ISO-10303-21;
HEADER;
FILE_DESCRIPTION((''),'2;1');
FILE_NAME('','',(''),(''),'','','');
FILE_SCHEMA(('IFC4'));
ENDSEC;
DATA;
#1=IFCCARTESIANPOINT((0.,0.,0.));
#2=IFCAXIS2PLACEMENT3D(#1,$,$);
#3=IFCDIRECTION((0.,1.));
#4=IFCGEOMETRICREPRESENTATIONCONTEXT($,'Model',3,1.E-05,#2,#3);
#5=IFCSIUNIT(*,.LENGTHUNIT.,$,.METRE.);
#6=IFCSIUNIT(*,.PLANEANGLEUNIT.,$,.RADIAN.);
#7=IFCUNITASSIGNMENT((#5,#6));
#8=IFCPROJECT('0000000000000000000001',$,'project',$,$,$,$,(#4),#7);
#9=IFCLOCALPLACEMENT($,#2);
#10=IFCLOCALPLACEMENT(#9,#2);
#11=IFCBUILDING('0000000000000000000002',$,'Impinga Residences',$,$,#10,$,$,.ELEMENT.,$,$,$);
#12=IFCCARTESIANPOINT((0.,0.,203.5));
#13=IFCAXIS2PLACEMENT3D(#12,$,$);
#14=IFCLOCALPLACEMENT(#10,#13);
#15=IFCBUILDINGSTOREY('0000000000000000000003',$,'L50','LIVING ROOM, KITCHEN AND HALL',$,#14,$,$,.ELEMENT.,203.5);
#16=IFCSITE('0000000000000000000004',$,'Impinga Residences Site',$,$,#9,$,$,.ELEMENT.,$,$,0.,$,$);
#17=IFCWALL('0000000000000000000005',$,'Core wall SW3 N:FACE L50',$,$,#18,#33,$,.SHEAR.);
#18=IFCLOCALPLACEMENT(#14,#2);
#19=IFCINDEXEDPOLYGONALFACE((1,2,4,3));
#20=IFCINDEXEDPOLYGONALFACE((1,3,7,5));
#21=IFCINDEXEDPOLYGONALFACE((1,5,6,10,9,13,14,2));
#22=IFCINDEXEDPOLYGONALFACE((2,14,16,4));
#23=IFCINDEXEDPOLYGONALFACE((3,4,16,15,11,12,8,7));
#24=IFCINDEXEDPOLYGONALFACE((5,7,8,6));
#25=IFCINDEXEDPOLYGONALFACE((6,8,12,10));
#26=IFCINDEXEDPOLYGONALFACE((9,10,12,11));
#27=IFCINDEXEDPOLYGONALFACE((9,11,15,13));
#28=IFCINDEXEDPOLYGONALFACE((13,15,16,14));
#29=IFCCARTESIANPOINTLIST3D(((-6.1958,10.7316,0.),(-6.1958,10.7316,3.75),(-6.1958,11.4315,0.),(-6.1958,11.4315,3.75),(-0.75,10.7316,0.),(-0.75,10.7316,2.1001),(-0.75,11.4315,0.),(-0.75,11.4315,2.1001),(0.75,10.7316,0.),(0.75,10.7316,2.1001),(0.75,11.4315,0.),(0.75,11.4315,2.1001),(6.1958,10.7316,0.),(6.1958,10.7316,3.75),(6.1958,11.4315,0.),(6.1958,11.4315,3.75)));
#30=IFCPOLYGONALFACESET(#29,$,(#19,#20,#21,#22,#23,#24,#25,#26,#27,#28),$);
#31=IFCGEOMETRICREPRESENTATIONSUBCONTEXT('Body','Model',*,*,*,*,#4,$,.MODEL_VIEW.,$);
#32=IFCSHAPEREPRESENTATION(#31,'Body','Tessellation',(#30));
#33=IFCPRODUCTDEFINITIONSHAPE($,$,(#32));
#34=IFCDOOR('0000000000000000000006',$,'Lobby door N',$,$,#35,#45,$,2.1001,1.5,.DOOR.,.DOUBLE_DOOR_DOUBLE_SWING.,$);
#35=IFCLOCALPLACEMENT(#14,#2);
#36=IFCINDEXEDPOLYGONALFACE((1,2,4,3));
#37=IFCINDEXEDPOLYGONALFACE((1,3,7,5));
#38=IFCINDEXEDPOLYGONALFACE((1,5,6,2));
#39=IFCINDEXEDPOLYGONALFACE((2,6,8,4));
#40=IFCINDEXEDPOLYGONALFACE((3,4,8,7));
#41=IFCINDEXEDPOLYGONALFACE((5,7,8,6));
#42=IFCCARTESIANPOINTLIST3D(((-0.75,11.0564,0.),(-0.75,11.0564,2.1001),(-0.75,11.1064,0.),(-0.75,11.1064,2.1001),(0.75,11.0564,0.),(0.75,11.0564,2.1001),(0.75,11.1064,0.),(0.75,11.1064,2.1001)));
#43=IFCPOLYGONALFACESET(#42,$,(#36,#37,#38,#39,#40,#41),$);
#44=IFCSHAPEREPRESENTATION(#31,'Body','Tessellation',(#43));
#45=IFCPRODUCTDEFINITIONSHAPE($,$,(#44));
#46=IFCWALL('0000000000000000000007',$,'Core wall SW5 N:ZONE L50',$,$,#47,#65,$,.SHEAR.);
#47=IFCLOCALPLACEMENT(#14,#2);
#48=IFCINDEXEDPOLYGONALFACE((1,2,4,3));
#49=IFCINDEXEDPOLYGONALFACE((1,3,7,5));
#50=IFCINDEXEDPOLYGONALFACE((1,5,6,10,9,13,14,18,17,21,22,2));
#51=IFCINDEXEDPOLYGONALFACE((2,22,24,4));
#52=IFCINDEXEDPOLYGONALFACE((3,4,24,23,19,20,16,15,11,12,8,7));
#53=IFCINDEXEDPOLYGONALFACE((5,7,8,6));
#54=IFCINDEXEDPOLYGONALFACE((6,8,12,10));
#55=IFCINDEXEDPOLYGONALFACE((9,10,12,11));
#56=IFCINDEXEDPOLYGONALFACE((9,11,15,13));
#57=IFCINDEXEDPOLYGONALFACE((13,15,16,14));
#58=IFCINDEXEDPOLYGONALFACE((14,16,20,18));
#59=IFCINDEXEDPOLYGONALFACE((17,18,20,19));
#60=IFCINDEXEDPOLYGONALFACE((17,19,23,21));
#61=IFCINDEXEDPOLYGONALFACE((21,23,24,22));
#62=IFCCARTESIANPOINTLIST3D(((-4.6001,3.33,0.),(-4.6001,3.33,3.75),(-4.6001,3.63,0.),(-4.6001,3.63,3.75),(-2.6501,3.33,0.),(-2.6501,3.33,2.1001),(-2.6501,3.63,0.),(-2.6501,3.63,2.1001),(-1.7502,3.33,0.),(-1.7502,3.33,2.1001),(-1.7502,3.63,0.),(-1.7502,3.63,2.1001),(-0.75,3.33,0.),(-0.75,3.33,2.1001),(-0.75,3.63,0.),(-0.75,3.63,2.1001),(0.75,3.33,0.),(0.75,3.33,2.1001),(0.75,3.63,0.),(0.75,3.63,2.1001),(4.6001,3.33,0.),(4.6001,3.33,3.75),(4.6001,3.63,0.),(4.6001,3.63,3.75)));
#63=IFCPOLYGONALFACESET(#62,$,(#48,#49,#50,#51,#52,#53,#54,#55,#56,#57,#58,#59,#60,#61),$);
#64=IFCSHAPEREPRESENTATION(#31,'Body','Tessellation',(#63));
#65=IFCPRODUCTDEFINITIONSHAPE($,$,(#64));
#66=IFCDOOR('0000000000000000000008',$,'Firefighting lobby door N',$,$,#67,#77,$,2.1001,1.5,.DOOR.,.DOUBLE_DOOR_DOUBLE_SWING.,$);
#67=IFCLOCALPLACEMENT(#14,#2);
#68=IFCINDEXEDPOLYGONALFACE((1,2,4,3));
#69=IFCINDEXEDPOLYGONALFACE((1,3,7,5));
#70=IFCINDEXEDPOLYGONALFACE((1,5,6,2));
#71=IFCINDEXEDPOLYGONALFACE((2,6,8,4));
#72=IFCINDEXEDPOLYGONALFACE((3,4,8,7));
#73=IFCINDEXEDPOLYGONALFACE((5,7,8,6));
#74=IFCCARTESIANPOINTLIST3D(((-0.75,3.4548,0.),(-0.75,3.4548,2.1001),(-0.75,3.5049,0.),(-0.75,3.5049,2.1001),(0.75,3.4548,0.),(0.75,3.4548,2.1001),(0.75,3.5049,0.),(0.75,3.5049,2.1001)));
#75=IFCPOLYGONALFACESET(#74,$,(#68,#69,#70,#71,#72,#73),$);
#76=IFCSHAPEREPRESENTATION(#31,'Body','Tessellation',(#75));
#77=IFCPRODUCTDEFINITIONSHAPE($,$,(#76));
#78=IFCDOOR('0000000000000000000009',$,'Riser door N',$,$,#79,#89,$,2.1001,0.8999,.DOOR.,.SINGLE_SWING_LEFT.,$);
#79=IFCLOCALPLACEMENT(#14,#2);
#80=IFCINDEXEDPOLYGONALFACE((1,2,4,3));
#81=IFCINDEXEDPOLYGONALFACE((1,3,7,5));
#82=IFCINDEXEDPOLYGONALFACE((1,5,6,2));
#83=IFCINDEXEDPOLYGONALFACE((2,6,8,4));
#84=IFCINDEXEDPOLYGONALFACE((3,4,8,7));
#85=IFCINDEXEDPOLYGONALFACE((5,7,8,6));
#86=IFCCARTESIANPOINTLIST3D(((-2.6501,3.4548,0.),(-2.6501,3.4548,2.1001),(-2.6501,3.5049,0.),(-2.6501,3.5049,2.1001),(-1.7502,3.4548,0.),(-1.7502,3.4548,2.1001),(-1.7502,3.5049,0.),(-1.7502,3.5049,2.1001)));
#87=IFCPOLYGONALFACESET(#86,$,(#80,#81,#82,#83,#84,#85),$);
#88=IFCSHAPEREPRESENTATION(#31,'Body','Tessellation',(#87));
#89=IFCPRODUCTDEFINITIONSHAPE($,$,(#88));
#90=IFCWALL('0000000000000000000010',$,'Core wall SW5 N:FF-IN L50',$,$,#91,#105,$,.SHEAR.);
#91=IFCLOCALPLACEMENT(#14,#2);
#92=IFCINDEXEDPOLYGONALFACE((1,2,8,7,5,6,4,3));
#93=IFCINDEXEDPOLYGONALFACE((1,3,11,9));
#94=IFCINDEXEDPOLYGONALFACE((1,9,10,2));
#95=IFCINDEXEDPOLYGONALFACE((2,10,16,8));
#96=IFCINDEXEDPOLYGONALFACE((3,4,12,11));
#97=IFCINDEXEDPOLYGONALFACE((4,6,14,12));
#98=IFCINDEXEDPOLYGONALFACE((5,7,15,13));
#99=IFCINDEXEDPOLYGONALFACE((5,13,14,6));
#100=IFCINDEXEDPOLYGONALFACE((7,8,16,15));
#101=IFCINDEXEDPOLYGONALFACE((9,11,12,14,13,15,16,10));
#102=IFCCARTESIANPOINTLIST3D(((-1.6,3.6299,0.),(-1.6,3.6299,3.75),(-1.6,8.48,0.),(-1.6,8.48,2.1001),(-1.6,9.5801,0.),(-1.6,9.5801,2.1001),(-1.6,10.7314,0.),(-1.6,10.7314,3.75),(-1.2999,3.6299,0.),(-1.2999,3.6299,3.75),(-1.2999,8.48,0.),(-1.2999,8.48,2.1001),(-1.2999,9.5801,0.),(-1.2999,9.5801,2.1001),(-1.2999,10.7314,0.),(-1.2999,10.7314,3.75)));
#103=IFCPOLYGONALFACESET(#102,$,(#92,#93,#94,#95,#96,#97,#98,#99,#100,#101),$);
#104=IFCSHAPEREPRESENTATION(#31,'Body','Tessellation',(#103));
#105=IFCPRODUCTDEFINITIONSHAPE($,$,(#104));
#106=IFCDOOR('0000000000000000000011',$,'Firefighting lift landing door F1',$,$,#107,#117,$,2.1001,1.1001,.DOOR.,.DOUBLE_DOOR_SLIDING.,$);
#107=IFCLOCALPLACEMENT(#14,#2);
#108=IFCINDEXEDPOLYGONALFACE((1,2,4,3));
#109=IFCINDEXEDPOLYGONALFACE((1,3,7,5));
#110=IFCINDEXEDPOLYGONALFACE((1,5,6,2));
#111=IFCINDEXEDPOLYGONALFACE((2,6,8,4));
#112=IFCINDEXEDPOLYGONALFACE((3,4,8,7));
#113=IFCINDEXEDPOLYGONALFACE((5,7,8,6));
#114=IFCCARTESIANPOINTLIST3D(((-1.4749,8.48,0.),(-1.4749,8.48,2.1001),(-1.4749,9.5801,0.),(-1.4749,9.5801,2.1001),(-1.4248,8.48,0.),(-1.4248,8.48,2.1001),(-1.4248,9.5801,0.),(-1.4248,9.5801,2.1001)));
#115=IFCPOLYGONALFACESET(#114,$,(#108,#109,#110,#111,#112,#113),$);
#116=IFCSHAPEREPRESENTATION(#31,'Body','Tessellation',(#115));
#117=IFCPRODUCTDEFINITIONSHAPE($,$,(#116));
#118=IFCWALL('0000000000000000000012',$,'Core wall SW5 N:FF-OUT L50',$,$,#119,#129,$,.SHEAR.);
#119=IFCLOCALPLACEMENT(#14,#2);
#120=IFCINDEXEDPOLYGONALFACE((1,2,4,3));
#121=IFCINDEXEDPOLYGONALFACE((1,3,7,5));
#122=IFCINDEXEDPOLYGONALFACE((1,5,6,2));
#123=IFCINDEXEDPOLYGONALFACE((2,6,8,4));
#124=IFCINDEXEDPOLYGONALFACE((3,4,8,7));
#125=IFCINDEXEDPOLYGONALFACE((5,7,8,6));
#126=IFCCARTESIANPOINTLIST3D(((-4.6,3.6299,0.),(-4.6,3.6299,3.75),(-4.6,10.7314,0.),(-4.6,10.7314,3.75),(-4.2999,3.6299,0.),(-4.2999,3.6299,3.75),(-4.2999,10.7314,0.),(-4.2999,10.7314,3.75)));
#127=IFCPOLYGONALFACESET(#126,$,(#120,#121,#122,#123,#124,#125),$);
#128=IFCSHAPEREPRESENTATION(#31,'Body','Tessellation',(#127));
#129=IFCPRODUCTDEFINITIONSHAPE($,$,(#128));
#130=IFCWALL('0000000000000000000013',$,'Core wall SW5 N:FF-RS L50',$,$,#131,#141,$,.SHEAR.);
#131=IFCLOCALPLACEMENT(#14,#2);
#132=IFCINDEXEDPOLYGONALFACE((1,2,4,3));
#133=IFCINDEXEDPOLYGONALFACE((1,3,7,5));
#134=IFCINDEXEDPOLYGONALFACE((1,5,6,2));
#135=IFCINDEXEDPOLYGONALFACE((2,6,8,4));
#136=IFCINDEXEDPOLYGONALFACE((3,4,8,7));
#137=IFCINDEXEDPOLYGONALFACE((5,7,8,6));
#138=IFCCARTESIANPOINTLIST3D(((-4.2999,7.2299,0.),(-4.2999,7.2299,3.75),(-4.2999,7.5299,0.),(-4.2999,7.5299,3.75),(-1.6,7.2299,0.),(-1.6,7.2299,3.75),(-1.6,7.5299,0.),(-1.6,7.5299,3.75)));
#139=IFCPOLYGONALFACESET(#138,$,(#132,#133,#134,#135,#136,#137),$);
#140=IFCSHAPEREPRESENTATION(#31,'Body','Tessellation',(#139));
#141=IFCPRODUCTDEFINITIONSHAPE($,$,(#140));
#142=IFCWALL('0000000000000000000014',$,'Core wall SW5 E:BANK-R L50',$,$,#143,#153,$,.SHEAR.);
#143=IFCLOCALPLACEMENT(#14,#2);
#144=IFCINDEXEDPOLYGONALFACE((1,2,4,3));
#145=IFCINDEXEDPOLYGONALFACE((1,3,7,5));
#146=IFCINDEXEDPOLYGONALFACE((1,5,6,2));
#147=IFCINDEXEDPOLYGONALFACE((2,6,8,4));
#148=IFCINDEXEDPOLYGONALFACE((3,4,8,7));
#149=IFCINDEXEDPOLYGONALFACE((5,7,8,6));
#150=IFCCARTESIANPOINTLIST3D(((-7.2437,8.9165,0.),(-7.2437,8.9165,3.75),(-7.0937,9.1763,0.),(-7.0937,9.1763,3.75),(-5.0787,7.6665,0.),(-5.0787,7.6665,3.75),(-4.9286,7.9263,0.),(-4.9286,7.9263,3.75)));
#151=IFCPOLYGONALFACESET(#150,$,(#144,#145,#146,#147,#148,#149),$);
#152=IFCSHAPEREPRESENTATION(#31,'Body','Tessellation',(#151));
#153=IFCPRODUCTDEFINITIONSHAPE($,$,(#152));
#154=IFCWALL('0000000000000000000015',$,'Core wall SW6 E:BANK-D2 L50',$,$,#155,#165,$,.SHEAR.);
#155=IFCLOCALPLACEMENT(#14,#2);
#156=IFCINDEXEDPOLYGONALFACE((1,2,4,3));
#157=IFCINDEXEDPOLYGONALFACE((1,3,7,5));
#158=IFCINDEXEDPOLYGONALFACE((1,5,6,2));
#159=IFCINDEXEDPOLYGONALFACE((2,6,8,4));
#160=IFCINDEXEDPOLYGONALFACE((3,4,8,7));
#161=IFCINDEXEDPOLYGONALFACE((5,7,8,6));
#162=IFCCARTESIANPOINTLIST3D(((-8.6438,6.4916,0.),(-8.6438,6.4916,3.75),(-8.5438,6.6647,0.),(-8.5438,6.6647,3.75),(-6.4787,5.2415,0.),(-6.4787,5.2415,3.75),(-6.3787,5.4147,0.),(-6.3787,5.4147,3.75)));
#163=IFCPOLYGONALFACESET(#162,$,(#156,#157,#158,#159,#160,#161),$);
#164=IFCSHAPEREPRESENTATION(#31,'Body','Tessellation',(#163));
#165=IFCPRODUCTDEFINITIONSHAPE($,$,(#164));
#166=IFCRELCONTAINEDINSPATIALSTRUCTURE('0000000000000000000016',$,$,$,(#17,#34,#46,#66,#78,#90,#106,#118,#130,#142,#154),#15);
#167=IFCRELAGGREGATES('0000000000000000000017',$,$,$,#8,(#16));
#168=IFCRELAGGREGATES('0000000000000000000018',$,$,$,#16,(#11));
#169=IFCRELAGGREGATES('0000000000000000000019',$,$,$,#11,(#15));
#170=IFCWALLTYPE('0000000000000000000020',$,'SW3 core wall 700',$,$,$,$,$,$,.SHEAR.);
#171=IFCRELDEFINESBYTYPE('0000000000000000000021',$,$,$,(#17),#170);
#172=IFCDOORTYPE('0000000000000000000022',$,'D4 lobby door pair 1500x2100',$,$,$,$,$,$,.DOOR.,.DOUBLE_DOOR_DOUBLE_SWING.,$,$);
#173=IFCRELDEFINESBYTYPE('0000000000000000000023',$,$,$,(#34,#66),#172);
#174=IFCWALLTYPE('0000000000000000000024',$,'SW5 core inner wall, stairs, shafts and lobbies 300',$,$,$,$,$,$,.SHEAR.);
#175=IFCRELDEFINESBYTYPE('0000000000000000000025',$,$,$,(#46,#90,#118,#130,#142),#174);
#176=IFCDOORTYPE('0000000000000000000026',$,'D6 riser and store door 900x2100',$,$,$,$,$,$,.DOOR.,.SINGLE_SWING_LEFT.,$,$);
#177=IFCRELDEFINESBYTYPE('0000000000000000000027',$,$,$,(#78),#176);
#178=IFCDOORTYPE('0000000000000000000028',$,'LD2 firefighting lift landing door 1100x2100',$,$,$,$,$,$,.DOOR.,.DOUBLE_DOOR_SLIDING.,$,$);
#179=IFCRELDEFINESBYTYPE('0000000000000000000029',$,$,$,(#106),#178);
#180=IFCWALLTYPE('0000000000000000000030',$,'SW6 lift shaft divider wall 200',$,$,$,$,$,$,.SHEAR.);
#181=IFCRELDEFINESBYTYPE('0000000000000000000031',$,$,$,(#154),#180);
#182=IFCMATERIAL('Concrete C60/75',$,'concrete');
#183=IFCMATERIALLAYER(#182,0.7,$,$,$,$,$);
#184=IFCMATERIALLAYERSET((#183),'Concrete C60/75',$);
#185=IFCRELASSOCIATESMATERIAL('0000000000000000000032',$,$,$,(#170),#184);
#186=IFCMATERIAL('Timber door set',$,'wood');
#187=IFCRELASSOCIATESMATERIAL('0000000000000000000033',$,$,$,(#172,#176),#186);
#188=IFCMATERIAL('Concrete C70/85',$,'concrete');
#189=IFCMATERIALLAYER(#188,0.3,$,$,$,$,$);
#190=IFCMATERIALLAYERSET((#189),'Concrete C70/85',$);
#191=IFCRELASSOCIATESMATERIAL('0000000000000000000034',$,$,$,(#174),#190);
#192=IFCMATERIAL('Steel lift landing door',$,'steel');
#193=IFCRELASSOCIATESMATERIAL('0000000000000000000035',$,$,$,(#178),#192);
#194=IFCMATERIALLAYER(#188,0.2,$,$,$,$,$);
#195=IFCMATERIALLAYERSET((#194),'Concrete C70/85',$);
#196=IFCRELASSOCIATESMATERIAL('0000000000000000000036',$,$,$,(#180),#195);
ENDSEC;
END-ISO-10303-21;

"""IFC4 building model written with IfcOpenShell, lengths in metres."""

from ifc_helpers import new_model, si_unit, direction, frame, frame_2d, origin, place, context, subcontext, project, spatial, rectangle, extrude, material, layer, layer_set, type_object, element, fill, save


model = new_model("IFC4")

# Units and contexts
model_context = context("Model", 3, precision=1e-05, world=origin(), true_north=direction((0.0, 1.0)))
body_context = subcontext(model_context, "Body", "Model", "MODEL_VIEW")
ifc_project = project(units=[si_unit("LENGTHUNIT", "METRE"), si_unit("PLANEANGLEUNIT", "RADIAN")], contexts=[model_context])

# Site, building, storey
site_placement = place(None, origin())
site = spatial("IfcSite", under=ifc_project, at=site_placement, Name="Impinga Residences Site", CompositionType="ELEMENT", RefElevation=0.0)
building_placement = place(site_placement, origin())
building = spatial("IfcBuilding", under=site, at=building_placement, Name="Impinga Residences", CompositionType="ELEMENT")
storey_placement = place(building_placement, frame((0.0, 0.0, 203.5)))
storey = spatial("IfcBuildingStorey", under=building, at=storey_placement, Name="L50", Description="LIVING ROOM, KITCHEN AND HALL", CompositionType="ELEMENT", Elevation=203.5)

# Shared definitions
ifc_material_1 = material(Name="Concrete C60/75", Category="concrete")
ifc_material_2 = material(Name="Timber door set", Category="wood")

# Wall, opening, door
ifc_layer_1 = layer(ifc_material_1, 0.7)
ifc_layer_set_1 = layer_set([ifc_layer_1], Name="Concrete C60/75")
wall_type_1 = type_object("IfcWallType", Name="SW3 core wall 700", PredefinedType="SHEAR", material=ifc_layer_set_1)
wall_1_placement = place(storey_placement, frame((-6.1958, 11.0815, 0.0), z_axis=(0.0, 0.0, 1.0), x_axis=(1.0, 0.0, 0.0)))
wall_1 = element("IfcWall", 1, at=wall_1_placement, inside=storey, type_object=wall_type_1, Name="Core wall SW3 N:FACE L50", PredefinedType="SHEAR", context=body_context, shape_type="SweptSolid", body=[
    extrude(rectangle(XDim=12.3916, YDim=0.7, at=frame_2d((6.1958, 0.0))), origin(), (0.0, 0.0, 1.0), 3.75),
])
opening_1_placement = place(wall_1_placement, frame((5.4458, 0.0, 0.0)))
opening_1 = element("IfcOpeningElement", 2, at=opening_1_placement, cuts=wall_1, PredefinedType="OPENING", context=body_context, shape_type="SweptSolid", body=[
    extrude(rectangle(XDim=1.5, YDim=2.1001, at=frame_2d((0.75, 1.05))), frame((0.0, 0.3599, 0.0), z_axis=(0.0, -1.0, 0.0), x_axis=(1.0, 0.0, 0.0)), (0.0, 0.0, 1.0), 0.72),
])
door_type_1 = type_object("IfcDoorType", Name="D4 lobby door pair 1500x2100", OperationType="DOUBLE_DOOR_DOUBLE_SWING", PredefinedType="DOOR", material=ifc_material_2)
door_1_placement = place(opening_1_placement, origin())
door_1 = element("IfcDoor", 3, at=door_1_placement, inside=storey, type_object=door_type_1, Name="Lobby door N", OperationType="DOUBLE_DOOR_DOUBLE_SWING", OverallHeight=2.1001, OverallWidth=1.5, PredefinedType="DOOR", context=body_context, shape_type="SweptSolid", body=[
    extrude(rectangle(XDim=1.5, YDim=2.1001, at=frame_2d((0.75, 1.05))), frame((0.0, 0.0249, 0.0), z_axis=(0.0, -1.0, 0.0), x_axis=(1.0, 0.0, 0.0)), (0.0, 0.0, 1.0), 0.05),
])
fill(opening_1, door_1)

# Wall, openings, doors
ifc_material_3 = material(Name="Concrete C70/85", Category="concrete")
ifc_layer_2 = layer(ifc_material_3, 0.3)
ifc_layer_set_2 = layer_set([ifc_layer_2], Name="Concrete C70/85")
wall_type_2 = type_object("IfcWallType", Name="SW5 core inner wall, stairs, shafts and lobbies 300", PredefinedType="SHEAR", material=ifc_layer_set_2)
wall_2_placement = place(storey_placement, frame((-4.6001, 3.48, 0.0), z_axis=(0.0, 0.0, 1.0), x_axis=(1.0, 0.0, 0.0)))
wall_2 = element("IfcWall", 4, at=wall_2_placement, inside=storey, type_object=wall_type_2, Name="Core wall SW5 N:ZONE L50", PredefinedType="SHEAR", context=body_context, shape_type="SweptSolid", body=[
    extrude(rectangle(XDim=9.2002, YDim=0.3, at=frame_2d((4.6001, 0.0))), origin(), (0.0, 0.0, 1.0), 3.75),
])
opening_2_placement = place(wall_2_placement, frame((3.8501, 0.0, 0.0)))
opening_2 = element("IfcOpeningElement", 5, at=opening_2_placement, cuts=wall_2, PredefinedType="OPENING", context=body_context, shape_type="SweptSolid", body=[
    extrude(rectangle(XDim=1.5, YDim=2.1001, at=frame_2d((0.75, 1.05))), frame((0.0, 0.1599, 0.0), z_axis=(0.0, -1.0, 0.0), x_axis=(1.0, 0.0, 0.0)), (0.0, 0.0, 1.0), 0.3201),
])
opening_3_placement = place(wall_2_placement, frame((1.95, 0.0, 0.0)))
opening_3 = element("IfcOpeningElement", 6, at=opening_3_placement, cuts=wall_2, PredefinedType="OPENING", context=body_context, shape_type="SweptSolid", body=[
    extrude(rectangle(XDim=0.8999, YDim=2.1001, at=frame_2d((0.45, 1.05))), frame((0.0, 0.1599, 0.0), z_axis=(0.0, -1.0, 0.0), x_axis=(1.0, 0.0, 0.0)), (0.0, 0.0, 1.0), 0.3201),
])
door_2_placement = place(opening_2_placement, origin())
door_2 = element("IfcDoor", 7, at=door_2_placement, inside=storey, type_object=door_type_1, Name="Firefighting lobby door N", OperationType="DOUBLE_DOOR_DOUBLE_SWING", OverallHeight=2.1001, OverallWidth=1.5, PredefinedType="DOOR", context=body_context, shape_type="SweptSolid", body=[
    extrude(rectangle(XDim=1.5, YDim=2.1001, at=frame_2d((0.75, 1.05))), frame((0.0, 0.0249, 0.0), z_axis=(0.0, -1.0, 0.0), x_axis=(1.0, 0.0, 0.0)), (0.0, 0.0, 1.0), 0.05),
])
fill(opening_2, door_2)
door_type_2 = type_object("IfcDoorType", Name="D6 riser and store door 900x2100", OperationType="SINGLE_SWING_LEFT", PredefinedType="DOOR", material=ifc_material_2)
door_3_placement = place(opening_3_placement, origin())
door_3 = element("IfcDoor", 8, at=door_3_placement, inside=storey, type_object=door_type_2, Name="Riser door N", OperationType="SINGLE_SWING_LEFT", OverallHeight=2.1001, OverallWidth=0.8999, PredefinedType="DOOR", context=body_context, shape_type="SweptSolid", body=[
    extrude(rectangle(XDim=0.8999, YDim=2.1001, at=frame_2d((0.45, 1.05))), frame((0.0, 0.0249, 0.0), z_axis=(0.0, -1.0, 0.0), x_axis=(1.0, 0.0, 0.0)), (0.0, 0.0, 1.0), 0.05),
])
fill(opening_3, door_3)

# Wall, opening, door
wall_3_placement = place(storey_placement, frame((-1.45, 3.6299, 0.0), z_axis=(0.0, 0.0, 1.0), x_axis=(0.0, 1.0, 0.0)))
wall_3 = element("IfcWall", 9, at=wall_3_placement, inside=storey, type_object=wall_type_2, Name="Core wall SW5 N:FF-IN L50", PredefinedType="SHEAR", context=body_context, shape_type="SweptSolid", body=[
    extrude(rectangle(XDim=7.1016, YDim=0.3, at=frame_2d((3.5508, 0.0))), origin(), (0.0, 0.0, 1.0), 3.75),
])
opening_4_placement = place(wall_3_placement, frame((4.8501, 0.0, 0.0)))
opening_4 = element("IfcOpeningElement", 10, at=opening_4_placement, cuts=wall_3, PredefinedType="OPENING", context=body_context, shape_type="SweptSolid", body=[
    extrude(rectangle(XDim=1.1001, YDim=2.1001, at=frame_2d((0.55, 1.05))), frame((0.0, 0.1599, 0.0), z_axis=(0.0, -1.0, 0.0), x_axis=(1.0, 0.0, 0.0)), (0.0, 0.0, 1.0), 0.3201),
])
ifc_material_4 = material(Name="Steel lift landing door", Category="steel")
door_type_3 = type_object("IfcDoorType", Name="LD2 firefighting lift landing door 1100x2100", OperationType="DOUBLE_DOOR_SLIDING", PredefinedType="DOOR", material=ifc_material_4)
door_4_placement = place(opening_4_placement, origin())
door_4 = element("IfcDoor", 11, at=door_4_placement, inside=storey, type_object=door_type_3, Name="Firefighting lift landing door F1", OperationType="DOUBLE_DOOR_SLIDING", OverallHeight=2.1001, OverallWidth=1.1001, PredefinedType="DOOR", context=body_context, shape_type="SweptSolid", body=[
    extrude(rectangle(XDim=1.1001, YDim=2.1001, at=frame_2d((0.55, 1.05))), frame((0.0, 0.0249, 0.0), z_axis=(0.0, -1.0, 0.0), x_axis=(1.0, 0.0, 0.0)), (0.0, 0.0, 1.0), 0.05),
])
fill(opening_4, door_4)

# Walls
wall_4_placement = place(storey_placement, frame((-4.45, 3.6299, 0.0), z_axis=(0.0, 0.0, 1.0), x_axis=(0.0, 1.0, 0.0)))
element("IfcWall", 12, at=wall_4_placement, inside=storey, type_object=wall_type_2, Name="Core wall SW5 N:FF-OUT L50", PredefinedType="SHEAR", context=body_context, shape_type="SweptSolid", body=[
    extrude(rectangle(XDim=7.1016, YDim=0.3, at=frame_2d((3.5508, 0.0))), origin(), (0.0, 0.0, 1.0), 3.75),
])
wall_5_placement = place(storey_placement, frame((-4.3, 7.3799, 0.0), z_axis=(0.0, 0.0, 1.0), x_axis=(1.0, 0.0, 0.0)))
element("IfcWall", 13, at=wall_5_placement, inside=storey, type_object=wall_type_2, Name="Core wall SW5 N:FF-RS L50", PredefinedType="SHEAR", context=body_context, shape_type="SweptSolid", body=[
    extrude(rectangle(XDim=2.7, YDim=0.3, at=frame_2d((1.3501, 0.0))), origin(), (0.0, 0.0, 1.0), 3.75),
])
wall_6_placement = place(storey_placement, frame((-5.0037, 7.7964, 0.0), z_axis=(0.0, 0.0, 1.0), x_axis=(-0.866023, 0.500004, 0.0)))
element("IfcWall", 14, at=wall_6_placement, inside=storey, type_object=wall_type_2, Name="Core wall SW5 E:BANK-R L50", PredefinedType="SHEAR", context=body_context, shape_type="SweptSolid", body=[
    extrude(rectangle(XDim=2.5, YDim=0.3, at=frame_2d((1.25, 0.0))), origin(), (0.0, 0.0, 1.0), 3.75),
])
ifc_layer_3 = layer(ifc_material_3, 0.2)
ifc_layer_set_3 = layer_set([ifc_layer_3], Name="Concrete C70/85")
wall_type_3 = type_object("IfcWallType", Name="SW6 lift shaft divider wall 200", PredefinedType="SHEAR", material=ifc_layer_set_3)
wall_7_placement = place(storey_placement, frame((-6.4287, 5.3281, 0.0), z_axis=(0.0, 0.0, 1.0), x_axis=(-0.866023, 0.500004, 0.0)))
element("IfcWall", 15, at=wall_7_placement, inside=storey, type_object=wall_type_3, Name="Core wall SW6 E:BANK-D2 L50", PredefinedType="SHEAR", context=body_context, shape_type="SweptSolid", body=[
    extrude(rectangle(XDim=2.5, YDim=0.2, at=frame_2d((1.25, 0.0))), origin(), (0.0, 0.0, 1.0), 3.75),
])

save(model, "model.ifc")
